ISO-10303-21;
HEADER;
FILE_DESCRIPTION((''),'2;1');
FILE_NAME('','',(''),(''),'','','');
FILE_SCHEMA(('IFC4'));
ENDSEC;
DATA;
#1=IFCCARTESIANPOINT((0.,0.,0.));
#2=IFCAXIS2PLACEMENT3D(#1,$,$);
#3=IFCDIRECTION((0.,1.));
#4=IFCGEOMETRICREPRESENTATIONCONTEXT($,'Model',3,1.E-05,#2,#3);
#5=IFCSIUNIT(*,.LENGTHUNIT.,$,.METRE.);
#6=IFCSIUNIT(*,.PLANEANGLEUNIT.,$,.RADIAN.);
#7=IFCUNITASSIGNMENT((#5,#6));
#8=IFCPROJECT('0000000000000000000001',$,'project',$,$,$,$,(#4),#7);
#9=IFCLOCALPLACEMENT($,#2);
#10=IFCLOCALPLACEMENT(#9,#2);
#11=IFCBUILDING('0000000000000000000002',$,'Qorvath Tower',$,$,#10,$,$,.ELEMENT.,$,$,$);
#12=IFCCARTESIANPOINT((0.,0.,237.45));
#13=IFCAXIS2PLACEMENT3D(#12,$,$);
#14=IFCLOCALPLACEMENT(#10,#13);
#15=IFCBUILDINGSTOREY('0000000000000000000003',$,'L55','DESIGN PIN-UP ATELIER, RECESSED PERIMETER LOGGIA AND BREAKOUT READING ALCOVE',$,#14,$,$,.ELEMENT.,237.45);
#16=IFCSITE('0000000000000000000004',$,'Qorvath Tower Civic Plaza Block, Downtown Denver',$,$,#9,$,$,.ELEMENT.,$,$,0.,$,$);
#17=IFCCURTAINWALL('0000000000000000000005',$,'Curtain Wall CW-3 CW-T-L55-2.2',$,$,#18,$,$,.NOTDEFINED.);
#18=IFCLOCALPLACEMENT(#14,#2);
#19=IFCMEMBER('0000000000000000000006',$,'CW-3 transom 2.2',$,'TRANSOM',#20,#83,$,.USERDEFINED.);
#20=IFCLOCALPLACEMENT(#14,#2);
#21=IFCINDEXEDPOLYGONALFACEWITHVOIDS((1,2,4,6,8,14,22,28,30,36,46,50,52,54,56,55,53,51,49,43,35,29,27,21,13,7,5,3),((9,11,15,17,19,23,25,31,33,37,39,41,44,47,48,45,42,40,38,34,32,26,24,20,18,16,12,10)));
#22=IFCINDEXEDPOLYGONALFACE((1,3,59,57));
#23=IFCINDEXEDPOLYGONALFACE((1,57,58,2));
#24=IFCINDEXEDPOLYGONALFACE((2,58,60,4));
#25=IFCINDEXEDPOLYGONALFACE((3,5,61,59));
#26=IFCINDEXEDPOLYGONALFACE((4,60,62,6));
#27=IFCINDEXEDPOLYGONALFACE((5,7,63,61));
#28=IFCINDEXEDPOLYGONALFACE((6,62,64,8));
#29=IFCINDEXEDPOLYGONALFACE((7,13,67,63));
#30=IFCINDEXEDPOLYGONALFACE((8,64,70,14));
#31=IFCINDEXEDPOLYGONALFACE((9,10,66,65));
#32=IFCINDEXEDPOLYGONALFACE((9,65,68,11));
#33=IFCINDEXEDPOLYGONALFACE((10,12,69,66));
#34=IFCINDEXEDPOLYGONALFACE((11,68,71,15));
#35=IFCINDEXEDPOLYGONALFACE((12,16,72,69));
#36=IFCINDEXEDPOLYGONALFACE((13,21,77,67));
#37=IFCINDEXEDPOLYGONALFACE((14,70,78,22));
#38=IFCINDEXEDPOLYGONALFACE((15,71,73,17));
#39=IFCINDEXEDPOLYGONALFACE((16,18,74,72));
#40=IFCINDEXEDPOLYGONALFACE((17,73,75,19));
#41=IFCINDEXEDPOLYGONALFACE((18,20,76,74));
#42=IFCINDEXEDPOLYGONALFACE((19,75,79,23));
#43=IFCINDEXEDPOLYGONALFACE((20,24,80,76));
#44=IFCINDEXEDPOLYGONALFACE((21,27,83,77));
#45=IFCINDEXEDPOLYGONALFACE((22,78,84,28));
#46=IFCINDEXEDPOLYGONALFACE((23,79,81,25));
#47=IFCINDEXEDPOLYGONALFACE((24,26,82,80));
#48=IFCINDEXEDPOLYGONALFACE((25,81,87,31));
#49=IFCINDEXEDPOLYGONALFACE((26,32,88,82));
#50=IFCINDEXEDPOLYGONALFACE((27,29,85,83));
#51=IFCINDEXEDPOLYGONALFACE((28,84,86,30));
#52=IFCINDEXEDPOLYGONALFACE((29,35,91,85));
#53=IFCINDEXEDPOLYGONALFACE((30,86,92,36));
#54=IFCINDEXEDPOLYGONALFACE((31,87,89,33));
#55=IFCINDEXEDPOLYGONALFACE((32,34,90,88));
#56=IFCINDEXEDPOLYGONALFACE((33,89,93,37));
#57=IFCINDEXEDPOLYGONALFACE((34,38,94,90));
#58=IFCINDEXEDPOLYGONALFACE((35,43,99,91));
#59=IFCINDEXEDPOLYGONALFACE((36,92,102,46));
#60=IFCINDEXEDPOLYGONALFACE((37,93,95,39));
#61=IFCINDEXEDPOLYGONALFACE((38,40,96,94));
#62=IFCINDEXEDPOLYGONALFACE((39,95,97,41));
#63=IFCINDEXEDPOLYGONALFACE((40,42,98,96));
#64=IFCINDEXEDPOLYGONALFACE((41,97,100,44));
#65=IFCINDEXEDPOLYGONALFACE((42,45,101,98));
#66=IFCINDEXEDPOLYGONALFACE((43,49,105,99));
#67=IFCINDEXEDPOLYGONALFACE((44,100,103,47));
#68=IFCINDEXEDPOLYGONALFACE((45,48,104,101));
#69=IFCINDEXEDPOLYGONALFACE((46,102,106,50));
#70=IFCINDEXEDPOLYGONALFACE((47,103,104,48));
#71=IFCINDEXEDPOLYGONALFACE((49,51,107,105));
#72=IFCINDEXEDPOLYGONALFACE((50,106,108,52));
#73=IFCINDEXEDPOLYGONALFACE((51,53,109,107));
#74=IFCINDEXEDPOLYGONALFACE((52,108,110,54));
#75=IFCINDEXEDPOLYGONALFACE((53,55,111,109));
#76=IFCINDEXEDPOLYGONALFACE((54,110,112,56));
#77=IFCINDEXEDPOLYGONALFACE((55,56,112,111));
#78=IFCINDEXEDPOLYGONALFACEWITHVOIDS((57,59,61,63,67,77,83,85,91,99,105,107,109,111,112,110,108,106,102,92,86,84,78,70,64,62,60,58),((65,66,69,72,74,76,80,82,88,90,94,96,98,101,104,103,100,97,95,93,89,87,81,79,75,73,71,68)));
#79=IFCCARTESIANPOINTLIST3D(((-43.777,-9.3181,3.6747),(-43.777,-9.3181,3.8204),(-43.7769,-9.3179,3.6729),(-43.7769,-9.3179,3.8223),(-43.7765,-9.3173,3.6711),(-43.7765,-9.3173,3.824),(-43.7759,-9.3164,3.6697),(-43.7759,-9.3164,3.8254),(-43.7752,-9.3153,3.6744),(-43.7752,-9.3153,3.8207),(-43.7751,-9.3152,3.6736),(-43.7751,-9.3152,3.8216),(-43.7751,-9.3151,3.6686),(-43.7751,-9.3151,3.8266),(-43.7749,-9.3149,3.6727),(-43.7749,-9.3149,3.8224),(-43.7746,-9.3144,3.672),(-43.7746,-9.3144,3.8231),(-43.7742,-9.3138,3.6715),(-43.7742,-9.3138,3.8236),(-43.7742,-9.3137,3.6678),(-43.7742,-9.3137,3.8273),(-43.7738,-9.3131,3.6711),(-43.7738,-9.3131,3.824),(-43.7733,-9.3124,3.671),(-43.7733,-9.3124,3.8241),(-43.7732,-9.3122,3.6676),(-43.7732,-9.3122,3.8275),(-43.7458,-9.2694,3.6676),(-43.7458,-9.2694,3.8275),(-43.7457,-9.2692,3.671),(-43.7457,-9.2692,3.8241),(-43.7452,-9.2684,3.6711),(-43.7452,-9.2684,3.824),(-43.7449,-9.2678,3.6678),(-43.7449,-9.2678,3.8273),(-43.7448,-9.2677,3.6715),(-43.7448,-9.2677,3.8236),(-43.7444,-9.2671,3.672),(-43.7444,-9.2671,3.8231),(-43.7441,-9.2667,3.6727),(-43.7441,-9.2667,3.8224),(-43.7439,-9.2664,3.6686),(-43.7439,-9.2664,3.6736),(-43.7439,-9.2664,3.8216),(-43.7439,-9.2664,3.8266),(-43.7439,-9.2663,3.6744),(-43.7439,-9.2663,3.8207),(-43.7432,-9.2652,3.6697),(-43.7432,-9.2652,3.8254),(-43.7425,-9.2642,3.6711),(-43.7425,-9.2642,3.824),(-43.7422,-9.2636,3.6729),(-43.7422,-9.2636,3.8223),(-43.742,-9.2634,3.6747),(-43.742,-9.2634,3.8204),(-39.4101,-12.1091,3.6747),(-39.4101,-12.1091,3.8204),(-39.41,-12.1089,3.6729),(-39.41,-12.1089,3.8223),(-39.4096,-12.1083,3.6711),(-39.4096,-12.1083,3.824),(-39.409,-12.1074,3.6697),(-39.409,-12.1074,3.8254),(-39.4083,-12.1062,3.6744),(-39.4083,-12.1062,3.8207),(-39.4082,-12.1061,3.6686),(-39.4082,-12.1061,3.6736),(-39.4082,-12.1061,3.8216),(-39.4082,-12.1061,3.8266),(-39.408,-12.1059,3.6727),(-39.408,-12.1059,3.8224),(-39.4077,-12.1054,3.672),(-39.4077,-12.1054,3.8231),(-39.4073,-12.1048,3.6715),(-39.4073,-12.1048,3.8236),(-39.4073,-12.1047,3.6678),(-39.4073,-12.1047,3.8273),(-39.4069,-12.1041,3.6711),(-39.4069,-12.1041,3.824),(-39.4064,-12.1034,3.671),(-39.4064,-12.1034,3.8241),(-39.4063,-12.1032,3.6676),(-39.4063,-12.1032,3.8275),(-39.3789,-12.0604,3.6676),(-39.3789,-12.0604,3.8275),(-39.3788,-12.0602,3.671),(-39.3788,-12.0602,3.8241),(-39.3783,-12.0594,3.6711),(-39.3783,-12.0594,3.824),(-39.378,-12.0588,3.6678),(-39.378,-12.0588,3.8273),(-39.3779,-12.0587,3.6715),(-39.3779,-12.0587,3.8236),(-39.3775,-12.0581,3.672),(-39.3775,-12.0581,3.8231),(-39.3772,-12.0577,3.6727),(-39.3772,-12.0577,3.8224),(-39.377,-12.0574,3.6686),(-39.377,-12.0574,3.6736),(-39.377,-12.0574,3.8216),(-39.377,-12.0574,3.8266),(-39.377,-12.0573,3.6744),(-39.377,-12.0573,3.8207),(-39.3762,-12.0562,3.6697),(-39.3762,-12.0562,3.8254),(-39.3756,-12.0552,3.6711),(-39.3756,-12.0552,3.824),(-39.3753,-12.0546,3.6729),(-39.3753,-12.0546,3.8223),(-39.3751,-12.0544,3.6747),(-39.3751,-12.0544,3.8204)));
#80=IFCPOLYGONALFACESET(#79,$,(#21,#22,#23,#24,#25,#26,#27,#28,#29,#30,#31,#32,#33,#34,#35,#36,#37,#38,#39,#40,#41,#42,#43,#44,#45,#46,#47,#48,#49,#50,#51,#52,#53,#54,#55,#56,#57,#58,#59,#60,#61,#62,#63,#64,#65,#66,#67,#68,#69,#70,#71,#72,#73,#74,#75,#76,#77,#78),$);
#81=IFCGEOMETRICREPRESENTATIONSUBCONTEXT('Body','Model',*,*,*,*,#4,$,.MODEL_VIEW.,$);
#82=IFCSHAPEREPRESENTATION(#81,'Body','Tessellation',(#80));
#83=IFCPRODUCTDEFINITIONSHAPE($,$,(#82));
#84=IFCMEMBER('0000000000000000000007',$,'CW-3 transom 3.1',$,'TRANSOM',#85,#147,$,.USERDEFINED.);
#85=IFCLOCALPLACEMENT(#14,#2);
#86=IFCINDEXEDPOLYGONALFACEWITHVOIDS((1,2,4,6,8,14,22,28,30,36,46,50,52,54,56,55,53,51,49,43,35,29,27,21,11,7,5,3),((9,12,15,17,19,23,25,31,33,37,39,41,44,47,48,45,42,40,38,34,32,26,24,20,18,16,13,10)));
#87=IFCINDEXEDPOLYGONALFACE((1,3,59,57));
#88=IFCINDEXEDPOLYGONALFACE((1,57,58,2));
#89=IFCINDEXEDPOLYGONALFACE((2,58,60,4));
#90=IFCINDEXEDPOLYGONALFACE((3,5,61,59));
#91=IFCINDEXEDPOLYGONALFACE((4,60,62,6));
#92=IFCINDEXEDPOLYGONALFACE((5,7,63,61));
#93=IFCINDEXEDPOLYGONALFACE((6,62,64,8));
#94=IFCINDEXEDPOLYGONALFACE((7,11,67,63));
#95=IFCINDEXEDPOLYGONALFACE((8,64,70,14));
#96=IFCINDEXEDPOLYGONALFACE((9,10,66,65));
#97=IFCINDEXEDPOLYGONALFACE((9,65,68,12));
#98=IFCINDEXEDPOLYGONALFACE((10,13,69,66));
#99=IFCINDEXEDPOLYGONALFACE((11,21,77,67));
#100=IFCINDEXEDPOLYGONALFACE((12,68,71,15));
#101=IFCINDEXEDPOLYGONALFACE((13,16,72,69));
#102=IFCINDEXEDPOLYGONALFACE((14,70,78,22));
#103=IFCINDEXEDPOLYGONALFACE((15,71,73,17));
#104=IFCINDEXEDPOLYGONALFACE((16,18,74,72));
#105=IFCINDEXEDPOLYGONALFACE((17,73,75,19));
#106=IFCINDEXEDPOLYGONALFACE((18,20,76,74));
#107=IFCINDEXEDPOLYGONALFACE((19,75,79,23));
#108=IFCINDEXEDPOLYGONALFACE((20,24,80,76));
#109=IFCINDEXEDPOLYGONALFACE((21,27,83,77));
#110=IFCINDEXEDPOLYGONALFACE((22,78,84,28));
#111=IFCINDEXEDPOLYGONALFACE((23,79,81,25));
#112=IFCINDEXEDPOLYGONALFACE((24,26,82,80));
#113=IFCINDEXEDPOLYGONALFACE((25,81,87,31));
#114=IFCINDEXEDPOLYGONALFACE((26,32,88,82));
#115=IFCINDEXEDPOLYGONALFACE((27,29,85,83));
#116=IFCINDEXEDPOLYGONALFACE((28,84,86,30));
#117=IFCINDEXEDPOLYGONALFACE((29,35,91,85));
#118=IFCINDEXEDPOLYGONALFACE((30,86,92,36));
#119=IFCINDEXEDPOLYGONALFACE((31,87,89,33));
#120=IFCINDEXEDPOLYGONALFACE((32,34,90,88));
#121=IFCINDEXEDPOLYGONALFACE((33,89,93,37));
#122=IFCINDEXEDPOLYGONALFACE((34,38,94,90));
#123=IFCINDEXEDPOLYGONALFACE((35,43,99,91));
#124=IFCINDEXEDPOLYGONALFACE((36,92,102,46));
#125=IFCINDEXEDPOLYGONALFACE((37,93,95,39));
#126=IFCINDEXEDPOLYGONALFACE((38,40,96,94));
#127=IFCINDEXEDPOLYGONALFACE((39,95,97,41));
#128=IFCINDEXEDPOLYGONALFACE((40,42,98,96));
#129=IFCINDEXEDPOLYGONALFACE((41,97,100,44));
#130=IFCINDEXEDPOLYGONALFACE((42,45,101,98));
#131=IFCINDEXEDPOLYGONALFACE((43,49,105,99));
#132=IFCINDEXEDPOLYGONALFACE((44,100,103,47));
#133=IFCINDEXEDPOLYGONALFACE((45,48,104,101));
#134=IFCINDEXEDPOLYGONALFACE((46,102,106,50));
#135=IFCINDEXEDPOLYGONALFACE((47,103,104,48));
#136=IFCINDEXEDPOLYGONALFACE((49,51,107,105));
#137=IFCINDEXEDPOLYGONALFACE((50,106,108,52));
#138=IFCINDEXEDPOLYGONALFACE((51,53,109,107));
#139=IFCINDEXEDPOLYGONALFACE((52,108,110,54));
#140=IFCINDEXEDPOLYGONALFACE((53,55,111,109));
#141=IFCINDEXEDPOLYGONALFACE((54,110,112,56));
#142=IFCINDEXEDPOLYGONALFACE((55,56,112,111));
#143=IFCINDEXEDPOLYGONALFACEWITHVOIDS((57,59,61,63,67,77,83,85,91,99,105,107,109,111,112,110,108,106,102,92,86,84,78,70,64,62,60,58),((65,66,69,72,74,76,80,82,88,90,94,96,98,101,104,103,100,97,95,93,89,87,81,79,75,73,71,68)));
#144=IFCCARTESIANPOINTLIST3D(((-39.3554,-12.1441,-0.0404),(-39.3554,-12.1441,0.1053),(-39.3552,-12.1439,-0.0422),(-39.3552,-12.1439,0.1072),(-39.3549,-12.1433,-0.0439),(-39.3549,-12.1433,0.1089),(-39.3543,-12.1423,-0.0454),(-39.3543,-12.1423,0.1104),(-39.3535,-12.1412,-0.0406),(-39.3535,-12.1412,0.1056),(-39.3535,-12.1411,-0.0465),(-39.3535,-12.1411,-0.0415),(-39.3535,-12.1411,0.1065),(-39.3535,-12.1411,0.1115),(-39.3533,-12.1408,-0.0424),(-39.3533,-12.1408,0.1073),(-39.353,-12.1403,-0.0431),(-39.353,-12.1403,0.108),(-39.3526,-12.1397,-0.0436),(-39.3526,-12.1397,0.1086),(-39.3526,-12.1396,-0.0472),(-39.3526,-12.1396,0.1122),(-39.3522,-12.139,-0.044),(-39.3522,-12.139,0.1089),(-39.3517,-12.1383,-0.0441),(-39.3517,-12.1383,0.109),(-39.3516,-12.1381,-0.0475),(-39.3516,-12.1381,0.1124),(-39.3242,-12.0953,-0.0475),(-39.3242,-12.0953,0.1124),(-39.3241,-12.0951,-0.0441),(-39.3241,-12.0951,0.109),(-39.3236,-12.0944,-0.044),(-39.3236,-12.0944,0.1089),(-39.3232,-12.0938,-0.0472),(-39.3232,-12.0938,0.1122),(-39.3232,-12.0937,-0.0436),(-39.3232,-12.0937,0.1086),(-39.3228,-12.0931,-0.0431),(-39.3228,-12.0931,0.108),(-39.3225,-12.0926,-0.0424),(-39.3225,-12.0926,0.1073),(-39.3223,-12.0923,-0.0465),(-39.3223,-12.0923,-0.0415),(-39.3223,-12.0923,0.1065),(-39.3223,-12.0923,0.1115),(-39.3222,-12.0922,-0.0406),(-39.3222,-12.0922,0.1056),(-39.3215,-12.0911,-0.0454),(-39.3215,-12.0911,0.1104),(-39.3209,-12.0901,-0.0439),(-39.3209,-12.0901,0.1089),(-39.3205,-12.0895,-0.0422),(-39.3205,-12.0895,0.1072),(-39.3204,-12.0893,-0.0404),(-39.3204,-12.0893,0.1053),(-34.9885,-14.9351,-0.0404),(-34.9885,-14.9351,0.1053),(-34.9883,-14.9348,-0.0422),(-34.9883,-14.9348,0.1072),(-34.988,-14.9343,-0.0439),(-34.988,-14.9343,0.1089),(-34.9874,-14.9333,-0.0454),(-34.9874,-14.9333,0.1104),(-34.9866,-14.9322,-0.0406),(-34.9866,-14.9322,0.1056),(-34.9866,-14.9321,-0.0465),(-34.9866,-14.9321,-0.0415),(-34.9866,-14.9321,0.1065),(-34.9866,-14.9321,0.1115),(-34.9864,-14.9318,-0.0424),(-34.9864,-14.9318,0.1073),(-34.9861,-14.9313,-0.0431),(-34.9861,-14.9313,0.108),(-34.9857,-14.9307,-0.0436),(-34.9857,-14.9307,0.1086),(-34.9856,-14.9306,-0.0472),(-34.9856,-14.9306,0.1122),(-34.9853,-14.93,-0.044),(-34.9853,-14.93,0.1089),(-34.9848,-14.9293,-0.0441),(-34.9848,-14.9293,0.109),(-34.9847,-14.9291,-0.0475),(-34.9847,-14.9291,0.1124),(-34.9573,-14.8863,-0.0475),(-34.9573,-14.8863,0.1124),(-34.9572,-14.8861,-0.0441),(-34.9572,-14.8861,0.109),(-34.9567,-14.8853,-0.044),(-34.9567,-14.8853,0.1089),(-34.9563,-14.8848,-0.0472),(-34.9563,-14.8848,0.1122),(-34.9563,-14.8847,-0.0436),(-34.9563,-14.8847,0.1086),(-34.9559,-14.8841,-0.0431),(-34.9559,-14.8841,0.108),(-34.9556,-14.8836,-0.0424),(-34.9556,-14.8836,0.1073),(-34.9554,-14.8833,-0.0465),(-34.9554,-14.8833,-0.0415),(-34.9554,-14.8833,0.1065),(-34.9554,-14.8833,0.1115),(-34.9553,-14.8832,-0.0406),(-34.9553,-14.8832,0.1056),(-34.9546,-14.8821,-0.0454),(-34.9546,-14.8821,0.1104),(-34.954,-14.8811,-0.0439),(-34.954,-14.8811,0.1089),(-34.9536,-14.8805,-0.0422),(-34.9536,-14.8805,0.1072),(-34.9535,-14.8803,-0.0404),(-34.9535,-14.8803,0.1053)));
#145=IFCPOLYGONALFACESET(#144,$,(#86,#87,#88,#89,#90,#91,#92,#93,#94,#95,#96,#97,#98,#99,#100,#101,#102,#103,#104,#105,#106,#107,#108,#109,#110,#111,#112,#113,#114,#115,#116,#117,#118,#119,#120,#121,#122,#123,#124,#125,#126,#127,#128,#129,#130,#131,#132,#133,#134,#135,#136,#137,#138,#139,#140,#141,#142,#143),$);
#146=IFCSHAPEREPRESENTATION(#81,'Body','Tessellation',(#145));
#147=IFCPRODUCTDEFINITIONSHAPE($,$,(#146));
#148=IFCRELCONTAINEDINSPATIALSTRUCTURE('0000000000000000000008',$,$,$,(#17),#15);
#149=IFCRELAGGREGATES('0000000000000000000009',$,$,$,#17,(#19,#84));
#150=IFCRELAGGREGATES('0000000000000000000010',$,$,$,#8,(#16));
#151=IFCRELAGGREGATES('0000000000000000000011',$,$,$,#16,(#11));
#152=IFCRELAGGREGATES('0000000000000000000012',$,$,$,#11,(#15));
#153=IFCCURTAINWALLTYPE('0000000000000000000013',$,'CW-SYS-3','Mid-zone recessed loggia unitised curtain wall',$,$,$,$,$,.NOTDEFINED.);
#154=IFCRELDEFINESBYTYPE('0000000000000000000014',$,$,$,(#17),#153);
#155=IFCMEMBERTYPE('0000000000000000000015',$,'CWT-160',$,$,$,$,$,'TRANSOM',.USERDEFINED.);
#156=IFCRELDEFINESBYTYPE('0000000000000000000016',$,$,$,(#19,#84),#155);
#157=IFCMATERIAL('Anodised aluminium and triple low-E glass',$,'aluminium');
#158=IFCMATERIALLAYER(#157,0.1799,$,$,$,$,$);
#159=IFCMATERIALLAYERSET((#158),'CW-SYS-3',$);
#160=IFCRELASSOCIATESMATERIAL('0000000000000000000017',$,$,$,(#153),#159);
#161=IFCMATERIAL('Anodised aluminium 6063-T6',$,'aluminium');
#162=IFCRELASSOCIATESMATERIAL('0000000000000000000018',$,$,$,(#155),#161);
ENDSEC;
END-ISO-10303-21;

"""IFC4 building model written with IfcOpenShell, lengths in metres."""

from ifc_helpers import new_model, si_unit, direction, frame, origin, origin_2d, place, context, subcontext, project, spatial, hollow_rectangle, extrude, material, layer, layer_set, material_profile, profile_set, type_object, element, aggregate, save


model = new_model("IFC4")

# Units and contexts
model_context = context("Model", 3, precision=1e-05, world=origin(), true_north=direction((0.0, 1.0)))
body_context = subcontext(model_context, "Body", "Model", "MODEL_VIEW")
ifc_project = project(units=[si_unit("LENGTHUNIT", "METRE"), si_unit("PLANEANGLEUNIT", "RADIAN")], contexts=[model_context])

# Site, building, storey
site_placement = place(None, origin())
site = spatial("IfcSite", under=ifc_project, at=site_placement, Name="Qorvath Tower Civic Plaza Block, Downtown Denver", CompositionType="ELEMENT", RefElevation=0.0)
building_placement = place(site_placement, origin())
building = spatial("IfcBuilding", under=site, at=building_placement, Name="Qorvath Tower", CompositionType="ELEMENT")
storey_placement = place(building_placement, frame((0.0, 0.0, 237.45)))
storey = spatial("IfcBuildingStorey", under=building, at=storey_placement, Name="L55", Description="DESIGN PIN-UP ATELIER, RECESSED PERIMETER LOGGIA AND BREAKOUT READING ALCOVE", CompositionType="ELEMENT", Elevation=237.45)

# Curtain wall
ifc_material_1 = material(Name="Anodised aluminium and triple low-E glass", Category="aluminium")
ifc_layer_1 = layer(ifc_material_1, 0.1799)
ifc_layer_set_1 = layer_set([ifc_layer_1], Name="CW-SYS-3")
curtain_wall_type = type_object("IfcCurtainWallType", Name="CW-SYS-3", Description="Mid-zone recessed loggia unitised curtain wall", PredefinedType="NOTDEFINED", material=ifc_layer_set_1)
curtain_wall_1_placement = place(storey_placement, origin())
curtain_wall_1 = element("IfcCurtainWall", 1, at=curtain_wall_1_placement, inside=storey, type_object=curtain_wall_type, Name="Curtain Wall CW-3 CW-T-L55-2.2", PredefinedType="NOTDEFINED")

# Members
ifc_material_2 = material(Name="Anodised aluminium 6063-T6", Category="aluminium")
ifc_material_profile_1 = material_profile(ifc_material_2, hollow_rectangle(XDim=0.0649, YDim=0.1599, WallThickness=0.0034, InnerFilletRadius=0.0034, OuterFilletRadius=0.0071, at=origin_2d()), Name="CWT 160x65")
ifc_profile_set_1 = profile_set([ifc_material_profile_1], Name="Anodised aluminium 6063-T6")
member_type_1 = type_object("IfcMemberType", Name="CWT-160", ElementType="TRANSOM", PredefinedType="USERDEFINED", material=ifc_profile_set_1)
member_1_placement = place(storey_placement, frame((-43.7595, -9.2908, 3.7476), z_axis=(0.842607, -0.53853, 0.0), x_axis=(0.53853, 0.842607, 0.0)))
member_1 = element("IfcMember", 2, at=member_1_placement, type_object=member_type_1, Name="CW-3 transom 2.2", ObjectType="TRANSOM", PredefinedType="USERDEFINED", context=body_context, shape_type="SweptSolid", body=[
    extrude(hollow_rectangle(XDim=0.0649, YDim=0.1599, WallThickness=0.0034, InnerFilletRadius=0.0034, OuterFilletRadius=0.0071, at=origin_2d()), origin(), (0.0, 0.0, 1.0), 5.1826),
])
member_2_placement = place(storey_placement, frame((-39.3379, -12.1167, 0.0325), z_axis=(0.842607, -0.53853, 0.0), x_axis=(0.53853, 0.842607, 0.0)))
member_2 = element("IfcMember", 3, at=member_2_placement, type_object=member_type_1, Name="CW-3 transom 3.1", ObjectType="TRANSOM", PredefinedType="USERDEFINED", context=body_context, shape_type="SweptSolid", body=[
    extrude(hollow_rectangle(XDim=0.0649, YDim=0.1599, WallThickness=0.0034, InnerFilletRadius=0.0034, OuterFilletRadius=0.0071, at=origin_2d()), origin(), (0.0, 0.0, 1.0), 5.1826),
])

aggregate(curtain_wall_1, [member_1, member_2])

save(model, "model.ifc")
